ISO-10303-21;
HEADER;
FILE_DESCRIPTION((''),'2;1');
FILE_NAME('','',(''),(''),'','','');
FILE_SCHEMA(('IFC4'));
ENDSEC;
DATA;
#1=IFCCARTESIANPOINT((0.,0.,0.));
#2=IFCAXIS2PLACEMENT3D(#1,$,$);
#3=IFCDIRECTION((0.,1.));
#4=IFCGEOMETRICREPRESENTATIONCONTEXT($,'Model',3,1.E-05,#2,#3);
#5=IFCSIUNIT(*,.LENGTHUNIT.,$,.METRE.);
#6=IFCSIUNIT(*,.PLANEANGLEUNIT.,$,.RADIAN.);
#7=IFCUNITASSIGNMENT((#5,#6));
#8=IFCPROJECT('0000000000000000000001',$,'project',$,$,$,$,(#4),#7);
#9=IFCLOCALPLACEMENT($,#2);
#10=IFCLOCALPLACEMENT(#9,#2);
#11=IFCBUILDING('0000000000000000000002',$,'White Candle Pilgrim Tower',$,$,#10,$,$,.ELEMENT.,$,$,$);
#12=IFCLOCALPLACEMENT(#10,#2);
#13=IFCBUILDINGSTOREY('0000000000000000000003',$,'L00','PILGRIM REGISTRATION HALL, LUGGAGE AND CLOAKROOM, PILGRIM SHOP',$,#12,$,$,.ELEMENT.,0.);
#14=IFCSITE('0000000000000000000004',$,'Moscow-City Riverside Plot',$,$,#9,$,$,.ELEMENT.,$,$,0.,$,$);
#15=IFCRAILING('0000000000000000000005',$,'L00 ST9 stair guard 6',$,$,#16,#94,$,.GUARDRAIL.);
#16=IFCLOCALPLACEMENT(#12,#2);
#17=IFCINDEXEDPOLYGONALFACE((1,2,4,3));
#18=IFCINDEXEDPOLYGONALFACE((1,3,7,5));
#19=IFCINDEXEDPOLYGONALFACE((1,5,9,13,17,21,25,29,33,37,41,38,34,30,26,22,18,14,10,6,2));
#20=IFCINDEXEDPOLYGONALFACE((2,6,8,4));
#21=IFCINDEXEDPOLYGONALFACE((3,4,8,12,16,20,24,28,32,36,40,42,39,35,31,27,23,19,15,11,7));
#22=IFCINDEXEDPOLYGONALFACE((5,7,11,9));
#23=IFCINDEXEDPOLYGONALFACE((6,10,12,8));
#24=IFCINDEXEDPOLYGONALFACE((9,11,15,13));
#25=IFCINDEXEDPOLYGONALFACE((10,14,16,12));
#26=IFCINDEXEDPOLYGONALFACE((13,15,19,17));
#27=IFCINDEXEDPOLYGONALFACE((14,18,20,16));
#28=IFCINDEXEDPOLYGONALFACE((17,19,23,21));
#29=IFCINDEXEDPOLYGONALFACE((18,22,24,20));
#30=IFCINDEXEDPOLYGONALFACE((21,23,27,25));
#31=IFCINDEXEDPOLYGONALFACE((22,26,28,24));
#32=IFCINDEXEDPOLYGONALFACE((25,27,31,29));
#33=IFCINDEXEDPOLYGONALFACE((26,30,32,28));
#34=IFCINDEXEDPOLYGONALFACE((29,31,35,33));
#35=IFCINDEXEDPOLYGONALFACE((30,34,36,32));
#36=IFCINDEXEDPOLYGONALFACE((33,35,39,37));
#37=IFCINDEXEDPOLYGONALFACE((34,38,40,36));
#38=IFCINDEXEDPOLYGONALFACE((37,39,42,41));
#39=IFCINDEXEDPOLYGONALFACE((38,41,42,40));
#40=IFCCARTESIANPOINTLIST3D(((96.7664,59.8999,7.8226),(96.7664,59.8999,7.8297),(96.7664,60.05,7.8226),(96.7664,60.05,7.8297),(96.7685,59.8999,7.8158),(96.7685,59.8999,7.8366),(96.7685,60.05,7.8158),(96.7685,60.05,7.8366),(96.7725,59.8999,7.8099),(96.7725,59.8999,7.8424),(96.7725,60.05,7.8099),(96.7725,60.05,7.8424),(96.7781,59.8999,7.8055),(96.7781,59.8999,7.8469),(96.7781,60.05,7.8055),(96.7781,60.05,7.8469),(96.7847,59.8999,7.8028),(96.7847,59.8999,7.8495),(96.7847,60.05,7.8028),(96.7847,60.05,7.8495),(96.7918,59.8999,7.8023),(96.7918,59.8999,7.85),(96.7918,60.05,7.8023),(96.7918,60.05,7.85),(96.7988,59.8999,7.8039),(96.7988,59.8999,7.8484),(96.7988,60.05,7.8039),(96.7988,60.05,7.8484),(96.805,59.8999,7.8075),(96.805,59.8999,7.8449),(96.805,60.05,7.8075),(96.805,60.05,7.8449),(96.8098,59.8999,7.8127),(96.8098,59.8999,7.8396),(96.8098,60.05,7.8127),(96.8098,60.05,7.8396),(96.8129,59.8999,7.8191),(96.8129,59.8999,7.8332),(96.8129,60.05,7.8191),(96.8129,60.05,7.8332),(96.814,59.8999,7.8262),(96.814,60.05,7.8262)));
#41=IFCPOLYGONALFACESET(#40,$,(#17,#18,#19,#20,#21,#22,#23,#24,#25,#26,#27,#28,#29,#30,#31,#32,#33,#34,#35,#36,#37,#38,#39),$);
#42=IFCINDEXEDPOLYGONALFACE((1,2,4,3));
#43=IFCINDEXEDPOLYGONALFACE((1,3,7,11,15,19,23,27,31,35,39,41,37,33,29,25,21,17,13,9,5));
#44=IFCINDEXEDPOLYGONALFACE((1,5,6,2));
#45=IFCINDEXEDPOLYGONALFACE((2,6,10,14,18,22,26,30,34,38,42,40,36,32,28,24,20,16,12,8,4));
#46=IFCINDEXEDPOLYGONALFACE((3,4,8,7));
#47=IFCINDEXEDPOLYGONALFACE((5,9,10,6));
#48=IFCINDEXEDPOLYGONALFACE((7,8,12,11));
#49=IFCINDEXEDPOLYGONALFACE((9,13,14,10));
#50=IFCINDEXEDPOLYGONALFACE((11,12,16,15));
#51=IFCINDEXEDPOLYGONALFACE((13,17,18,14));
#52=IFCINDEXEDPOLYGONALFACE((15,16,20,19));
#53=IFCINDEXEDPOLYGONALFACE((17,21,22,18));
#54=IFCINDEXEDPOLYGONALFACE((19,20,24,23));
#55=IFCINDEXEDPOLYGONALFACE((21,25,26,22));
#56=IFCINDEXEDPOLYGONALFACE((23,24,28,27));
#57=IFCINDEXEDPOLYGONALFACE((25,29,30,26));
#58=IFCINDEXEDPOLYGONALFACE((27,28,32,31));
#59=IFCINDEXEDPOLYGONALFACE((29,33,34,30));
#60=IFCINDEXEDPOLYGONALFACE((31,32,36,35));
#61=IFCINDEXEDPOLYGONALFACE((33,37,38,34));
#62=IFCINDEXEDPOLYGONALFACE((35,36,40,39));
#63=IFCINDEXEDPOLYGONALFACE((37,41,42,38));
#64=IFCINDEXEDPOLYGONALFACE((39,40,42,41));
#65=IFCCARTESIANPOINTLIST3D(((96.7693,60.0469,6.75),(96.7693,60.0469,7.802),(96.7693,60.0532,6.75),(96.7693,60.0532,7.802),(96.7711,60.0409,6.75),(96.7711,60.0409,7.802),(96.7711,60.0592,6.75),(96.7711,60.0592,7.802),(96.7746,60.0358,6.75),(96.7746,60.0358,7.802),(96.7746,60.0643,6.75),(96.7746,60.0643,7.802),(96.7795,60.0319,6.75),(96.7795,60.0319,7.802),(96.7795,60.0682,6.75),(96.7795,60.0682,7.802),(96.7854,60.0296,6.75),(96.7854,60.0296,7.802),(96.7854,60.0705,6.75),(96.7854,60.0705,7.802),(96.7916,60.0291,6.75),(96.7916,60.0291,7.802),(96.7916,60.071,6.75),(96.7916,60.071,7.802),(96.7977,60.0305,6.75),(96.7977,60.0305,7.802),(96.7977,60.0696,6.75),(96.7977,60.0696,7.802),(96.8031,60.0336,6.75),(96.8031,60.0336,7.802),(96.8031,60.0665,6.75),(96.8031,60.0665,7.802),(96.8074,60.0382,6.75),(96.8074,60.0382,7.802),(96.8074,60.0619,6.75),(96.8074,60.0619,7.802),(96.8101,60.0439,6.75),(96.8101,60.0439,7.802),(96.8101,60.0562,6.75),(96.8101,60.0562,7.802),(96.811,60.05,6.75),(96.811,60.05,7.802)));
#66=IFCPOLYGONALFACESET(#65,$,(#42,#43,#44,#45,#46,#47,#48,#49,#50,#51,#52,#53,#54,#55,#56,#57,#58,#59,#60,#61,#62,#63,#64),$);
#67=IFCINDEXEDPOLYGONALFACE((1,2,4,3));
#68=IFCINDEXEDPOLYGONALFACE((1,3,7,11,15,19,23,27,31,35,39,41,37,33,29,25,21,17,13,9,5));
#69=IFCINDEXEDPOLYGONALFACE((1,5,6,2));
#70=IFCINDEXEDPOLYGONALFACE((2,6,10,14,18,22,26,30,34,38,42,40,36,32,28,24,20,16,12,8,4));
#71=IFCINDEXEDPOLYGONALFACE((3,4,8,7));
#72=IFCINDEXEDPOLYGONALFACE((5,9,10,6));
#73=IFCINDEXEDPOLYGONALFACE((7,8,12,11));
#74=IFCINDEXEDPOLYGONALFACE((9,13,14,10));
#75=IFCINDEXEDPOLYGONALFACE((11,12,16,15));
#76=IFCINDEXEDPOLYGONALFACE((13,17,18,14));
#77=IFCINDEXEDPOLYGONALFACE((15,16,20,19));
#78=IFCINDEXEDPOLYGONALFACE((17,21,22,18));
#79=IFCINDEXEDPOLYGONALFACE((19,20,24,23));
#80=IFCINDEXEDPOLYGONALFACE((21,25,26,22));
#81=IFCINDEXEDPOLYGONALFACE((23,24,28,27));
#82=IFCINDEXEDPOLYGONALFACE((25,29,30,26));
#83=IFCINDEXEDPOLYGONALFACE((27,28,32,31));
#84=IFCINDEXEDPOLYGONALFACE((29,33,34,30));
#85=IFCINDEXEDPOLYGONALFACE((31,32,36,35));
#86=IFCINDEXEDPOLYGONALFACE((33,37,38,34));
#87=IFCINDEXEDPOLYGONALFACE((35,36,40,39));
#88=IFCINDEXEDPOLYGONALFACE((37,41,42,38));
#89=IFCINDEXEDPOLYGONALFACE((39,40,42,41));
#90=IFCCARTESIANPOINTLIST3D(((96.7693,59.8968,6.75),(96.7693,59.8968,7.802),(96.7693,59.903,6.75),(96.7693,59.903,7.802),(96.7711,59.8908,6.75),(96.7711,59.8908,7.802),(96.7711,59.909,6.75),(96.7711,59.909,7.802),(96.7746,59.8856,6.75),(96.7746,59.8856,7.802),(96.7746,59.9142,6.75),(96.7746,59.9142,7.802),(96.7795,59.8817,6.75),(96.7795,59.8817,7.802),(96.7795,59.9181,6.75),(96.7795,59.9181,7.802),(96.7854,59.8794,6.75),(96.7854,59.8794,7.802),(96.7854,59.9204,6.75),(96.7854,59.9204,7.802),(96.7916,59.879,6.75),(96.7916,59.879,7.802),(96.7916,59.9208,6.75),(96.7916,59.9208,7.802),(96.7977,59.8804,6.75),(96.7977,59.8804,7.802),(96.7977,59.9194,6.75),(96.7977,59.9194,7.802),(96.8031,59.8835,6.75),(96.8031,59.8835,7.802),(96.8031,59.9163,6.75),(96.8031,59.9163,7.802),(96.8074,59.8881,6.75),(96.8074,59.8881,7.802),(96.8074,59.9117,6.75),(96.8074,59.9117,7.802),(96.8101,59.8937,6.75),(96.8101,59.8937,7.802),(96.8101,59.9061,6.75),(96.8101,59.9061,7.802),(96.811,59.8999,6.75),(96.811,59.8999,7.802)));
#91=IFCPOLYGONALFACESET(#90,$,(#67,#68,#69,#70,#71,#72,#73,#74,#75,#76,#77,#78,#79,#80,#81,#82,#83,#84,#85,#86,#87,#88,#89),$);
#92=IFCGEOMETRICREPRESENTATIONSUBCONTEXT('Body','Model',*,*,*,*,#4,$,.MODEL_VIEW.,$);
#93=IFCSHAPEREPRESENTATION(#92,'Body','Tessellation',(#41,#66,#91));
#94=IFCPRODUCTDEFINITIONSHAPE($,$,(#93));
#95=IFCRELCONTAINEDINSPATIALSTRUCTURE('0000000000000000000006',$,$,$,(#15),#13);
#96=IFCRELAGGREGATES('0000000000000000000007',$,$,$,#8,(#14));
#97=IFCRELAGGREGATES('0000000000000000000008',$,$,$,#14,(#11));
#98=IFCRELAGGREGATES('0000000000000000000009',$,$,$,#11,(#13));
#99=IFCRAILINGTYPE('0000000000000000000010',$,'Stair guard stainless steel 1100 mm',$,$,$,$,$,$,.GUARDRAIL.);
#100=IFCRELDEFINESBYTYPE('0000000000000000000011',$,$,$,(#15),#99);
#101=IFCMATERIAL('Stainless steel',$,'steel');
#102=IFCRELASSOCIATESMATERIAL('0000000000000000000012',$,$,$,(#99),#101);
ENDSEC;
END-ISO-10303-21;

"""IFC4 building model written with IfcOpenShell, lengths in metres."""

from ifc_helpers import new_model, si_unit, direction, frame, origin, origin_2d, place, context, subcontext, project, spatial, circle, extrude, material, type_object, element, save


model = new_model("IFC4")

# Units and contexts
model_context = context("Model", 3, precision=1e-05, world=origin(), true_north=direction((0.0, 1.0)))
body_context = subcontext(model_context, "Body", "Model", "MODEL_VIEW")
ifc_project = project(units=[si_unit("LENGTHUNIT", "METRE"), si_unit("PLANEANGLEUNIT", "RADIAN")], contexts=[model_context])

# Site, building, storey
site_placement = place(None, origin())
site = spatial("IfcSite", under=ifc_project, at=site_placement, Name="Moscow-City Riverside Plot", CompositionType="ELEMENT", RefElevation=0.0)
building_placement = place(site_placement, origin())
building = spatial("IfcBuilding", under=site, at=building_placement, Name="White Candle Pilgrim Tower", CompositionType="ELEMENT")
storey_placement = place(building_placement, origin())
storey = spatial("IfcBuildingStorey", under=building, at=storey_placement, Name="L00", Description="PILGRIM REGISTRATION HALL, LUGGAGE AND CLOAKROOM, PILGRIM SHOP", CompositionType="ELEMENT", Elevation=0.0)

# Railing
ifc_material_1 = material(Name="Stainless steel", Category="steel")
railing_type_1 = type_object("IfcRailingType", Name="Stair guard stainless steel 1100 mm", PredefinedType="GUARDRAIL", material=ifc_material_1)
railing_1_placement = place(storey_placement, frame((96.79, 60.05, 6.75)))
element("IfcRailing", 1, at=railing_1_placement, inside=storey, type_object=railing_type_1, Name="L00 ST9 stair guard 6", PredefinedType="GUARDRAIL", context=body_context, shape_type="SweptSolid", body=[
    extrude(circle(Radius=0.0239, at=origin_2d()), frame((0.0, 0.0, 1.0762), z_axis=(0.0, -1.0, 0.0), x_axis=(1.0, 0.0, 0.0)), (0.0, 0.0, 1.0), 0.1501),
    extrude(circle(Radius=0.021, at=origin_2d()), origin(), (0.0, 0.0, 1.0), 1.052),
    extrude(circle(Radius=0.021, at=origin_2d()), frame((0.0, -0.1501, 0.0)), (0.0, 0.0, 1.0), 1.052),
])

save(model, "model.ifc")
